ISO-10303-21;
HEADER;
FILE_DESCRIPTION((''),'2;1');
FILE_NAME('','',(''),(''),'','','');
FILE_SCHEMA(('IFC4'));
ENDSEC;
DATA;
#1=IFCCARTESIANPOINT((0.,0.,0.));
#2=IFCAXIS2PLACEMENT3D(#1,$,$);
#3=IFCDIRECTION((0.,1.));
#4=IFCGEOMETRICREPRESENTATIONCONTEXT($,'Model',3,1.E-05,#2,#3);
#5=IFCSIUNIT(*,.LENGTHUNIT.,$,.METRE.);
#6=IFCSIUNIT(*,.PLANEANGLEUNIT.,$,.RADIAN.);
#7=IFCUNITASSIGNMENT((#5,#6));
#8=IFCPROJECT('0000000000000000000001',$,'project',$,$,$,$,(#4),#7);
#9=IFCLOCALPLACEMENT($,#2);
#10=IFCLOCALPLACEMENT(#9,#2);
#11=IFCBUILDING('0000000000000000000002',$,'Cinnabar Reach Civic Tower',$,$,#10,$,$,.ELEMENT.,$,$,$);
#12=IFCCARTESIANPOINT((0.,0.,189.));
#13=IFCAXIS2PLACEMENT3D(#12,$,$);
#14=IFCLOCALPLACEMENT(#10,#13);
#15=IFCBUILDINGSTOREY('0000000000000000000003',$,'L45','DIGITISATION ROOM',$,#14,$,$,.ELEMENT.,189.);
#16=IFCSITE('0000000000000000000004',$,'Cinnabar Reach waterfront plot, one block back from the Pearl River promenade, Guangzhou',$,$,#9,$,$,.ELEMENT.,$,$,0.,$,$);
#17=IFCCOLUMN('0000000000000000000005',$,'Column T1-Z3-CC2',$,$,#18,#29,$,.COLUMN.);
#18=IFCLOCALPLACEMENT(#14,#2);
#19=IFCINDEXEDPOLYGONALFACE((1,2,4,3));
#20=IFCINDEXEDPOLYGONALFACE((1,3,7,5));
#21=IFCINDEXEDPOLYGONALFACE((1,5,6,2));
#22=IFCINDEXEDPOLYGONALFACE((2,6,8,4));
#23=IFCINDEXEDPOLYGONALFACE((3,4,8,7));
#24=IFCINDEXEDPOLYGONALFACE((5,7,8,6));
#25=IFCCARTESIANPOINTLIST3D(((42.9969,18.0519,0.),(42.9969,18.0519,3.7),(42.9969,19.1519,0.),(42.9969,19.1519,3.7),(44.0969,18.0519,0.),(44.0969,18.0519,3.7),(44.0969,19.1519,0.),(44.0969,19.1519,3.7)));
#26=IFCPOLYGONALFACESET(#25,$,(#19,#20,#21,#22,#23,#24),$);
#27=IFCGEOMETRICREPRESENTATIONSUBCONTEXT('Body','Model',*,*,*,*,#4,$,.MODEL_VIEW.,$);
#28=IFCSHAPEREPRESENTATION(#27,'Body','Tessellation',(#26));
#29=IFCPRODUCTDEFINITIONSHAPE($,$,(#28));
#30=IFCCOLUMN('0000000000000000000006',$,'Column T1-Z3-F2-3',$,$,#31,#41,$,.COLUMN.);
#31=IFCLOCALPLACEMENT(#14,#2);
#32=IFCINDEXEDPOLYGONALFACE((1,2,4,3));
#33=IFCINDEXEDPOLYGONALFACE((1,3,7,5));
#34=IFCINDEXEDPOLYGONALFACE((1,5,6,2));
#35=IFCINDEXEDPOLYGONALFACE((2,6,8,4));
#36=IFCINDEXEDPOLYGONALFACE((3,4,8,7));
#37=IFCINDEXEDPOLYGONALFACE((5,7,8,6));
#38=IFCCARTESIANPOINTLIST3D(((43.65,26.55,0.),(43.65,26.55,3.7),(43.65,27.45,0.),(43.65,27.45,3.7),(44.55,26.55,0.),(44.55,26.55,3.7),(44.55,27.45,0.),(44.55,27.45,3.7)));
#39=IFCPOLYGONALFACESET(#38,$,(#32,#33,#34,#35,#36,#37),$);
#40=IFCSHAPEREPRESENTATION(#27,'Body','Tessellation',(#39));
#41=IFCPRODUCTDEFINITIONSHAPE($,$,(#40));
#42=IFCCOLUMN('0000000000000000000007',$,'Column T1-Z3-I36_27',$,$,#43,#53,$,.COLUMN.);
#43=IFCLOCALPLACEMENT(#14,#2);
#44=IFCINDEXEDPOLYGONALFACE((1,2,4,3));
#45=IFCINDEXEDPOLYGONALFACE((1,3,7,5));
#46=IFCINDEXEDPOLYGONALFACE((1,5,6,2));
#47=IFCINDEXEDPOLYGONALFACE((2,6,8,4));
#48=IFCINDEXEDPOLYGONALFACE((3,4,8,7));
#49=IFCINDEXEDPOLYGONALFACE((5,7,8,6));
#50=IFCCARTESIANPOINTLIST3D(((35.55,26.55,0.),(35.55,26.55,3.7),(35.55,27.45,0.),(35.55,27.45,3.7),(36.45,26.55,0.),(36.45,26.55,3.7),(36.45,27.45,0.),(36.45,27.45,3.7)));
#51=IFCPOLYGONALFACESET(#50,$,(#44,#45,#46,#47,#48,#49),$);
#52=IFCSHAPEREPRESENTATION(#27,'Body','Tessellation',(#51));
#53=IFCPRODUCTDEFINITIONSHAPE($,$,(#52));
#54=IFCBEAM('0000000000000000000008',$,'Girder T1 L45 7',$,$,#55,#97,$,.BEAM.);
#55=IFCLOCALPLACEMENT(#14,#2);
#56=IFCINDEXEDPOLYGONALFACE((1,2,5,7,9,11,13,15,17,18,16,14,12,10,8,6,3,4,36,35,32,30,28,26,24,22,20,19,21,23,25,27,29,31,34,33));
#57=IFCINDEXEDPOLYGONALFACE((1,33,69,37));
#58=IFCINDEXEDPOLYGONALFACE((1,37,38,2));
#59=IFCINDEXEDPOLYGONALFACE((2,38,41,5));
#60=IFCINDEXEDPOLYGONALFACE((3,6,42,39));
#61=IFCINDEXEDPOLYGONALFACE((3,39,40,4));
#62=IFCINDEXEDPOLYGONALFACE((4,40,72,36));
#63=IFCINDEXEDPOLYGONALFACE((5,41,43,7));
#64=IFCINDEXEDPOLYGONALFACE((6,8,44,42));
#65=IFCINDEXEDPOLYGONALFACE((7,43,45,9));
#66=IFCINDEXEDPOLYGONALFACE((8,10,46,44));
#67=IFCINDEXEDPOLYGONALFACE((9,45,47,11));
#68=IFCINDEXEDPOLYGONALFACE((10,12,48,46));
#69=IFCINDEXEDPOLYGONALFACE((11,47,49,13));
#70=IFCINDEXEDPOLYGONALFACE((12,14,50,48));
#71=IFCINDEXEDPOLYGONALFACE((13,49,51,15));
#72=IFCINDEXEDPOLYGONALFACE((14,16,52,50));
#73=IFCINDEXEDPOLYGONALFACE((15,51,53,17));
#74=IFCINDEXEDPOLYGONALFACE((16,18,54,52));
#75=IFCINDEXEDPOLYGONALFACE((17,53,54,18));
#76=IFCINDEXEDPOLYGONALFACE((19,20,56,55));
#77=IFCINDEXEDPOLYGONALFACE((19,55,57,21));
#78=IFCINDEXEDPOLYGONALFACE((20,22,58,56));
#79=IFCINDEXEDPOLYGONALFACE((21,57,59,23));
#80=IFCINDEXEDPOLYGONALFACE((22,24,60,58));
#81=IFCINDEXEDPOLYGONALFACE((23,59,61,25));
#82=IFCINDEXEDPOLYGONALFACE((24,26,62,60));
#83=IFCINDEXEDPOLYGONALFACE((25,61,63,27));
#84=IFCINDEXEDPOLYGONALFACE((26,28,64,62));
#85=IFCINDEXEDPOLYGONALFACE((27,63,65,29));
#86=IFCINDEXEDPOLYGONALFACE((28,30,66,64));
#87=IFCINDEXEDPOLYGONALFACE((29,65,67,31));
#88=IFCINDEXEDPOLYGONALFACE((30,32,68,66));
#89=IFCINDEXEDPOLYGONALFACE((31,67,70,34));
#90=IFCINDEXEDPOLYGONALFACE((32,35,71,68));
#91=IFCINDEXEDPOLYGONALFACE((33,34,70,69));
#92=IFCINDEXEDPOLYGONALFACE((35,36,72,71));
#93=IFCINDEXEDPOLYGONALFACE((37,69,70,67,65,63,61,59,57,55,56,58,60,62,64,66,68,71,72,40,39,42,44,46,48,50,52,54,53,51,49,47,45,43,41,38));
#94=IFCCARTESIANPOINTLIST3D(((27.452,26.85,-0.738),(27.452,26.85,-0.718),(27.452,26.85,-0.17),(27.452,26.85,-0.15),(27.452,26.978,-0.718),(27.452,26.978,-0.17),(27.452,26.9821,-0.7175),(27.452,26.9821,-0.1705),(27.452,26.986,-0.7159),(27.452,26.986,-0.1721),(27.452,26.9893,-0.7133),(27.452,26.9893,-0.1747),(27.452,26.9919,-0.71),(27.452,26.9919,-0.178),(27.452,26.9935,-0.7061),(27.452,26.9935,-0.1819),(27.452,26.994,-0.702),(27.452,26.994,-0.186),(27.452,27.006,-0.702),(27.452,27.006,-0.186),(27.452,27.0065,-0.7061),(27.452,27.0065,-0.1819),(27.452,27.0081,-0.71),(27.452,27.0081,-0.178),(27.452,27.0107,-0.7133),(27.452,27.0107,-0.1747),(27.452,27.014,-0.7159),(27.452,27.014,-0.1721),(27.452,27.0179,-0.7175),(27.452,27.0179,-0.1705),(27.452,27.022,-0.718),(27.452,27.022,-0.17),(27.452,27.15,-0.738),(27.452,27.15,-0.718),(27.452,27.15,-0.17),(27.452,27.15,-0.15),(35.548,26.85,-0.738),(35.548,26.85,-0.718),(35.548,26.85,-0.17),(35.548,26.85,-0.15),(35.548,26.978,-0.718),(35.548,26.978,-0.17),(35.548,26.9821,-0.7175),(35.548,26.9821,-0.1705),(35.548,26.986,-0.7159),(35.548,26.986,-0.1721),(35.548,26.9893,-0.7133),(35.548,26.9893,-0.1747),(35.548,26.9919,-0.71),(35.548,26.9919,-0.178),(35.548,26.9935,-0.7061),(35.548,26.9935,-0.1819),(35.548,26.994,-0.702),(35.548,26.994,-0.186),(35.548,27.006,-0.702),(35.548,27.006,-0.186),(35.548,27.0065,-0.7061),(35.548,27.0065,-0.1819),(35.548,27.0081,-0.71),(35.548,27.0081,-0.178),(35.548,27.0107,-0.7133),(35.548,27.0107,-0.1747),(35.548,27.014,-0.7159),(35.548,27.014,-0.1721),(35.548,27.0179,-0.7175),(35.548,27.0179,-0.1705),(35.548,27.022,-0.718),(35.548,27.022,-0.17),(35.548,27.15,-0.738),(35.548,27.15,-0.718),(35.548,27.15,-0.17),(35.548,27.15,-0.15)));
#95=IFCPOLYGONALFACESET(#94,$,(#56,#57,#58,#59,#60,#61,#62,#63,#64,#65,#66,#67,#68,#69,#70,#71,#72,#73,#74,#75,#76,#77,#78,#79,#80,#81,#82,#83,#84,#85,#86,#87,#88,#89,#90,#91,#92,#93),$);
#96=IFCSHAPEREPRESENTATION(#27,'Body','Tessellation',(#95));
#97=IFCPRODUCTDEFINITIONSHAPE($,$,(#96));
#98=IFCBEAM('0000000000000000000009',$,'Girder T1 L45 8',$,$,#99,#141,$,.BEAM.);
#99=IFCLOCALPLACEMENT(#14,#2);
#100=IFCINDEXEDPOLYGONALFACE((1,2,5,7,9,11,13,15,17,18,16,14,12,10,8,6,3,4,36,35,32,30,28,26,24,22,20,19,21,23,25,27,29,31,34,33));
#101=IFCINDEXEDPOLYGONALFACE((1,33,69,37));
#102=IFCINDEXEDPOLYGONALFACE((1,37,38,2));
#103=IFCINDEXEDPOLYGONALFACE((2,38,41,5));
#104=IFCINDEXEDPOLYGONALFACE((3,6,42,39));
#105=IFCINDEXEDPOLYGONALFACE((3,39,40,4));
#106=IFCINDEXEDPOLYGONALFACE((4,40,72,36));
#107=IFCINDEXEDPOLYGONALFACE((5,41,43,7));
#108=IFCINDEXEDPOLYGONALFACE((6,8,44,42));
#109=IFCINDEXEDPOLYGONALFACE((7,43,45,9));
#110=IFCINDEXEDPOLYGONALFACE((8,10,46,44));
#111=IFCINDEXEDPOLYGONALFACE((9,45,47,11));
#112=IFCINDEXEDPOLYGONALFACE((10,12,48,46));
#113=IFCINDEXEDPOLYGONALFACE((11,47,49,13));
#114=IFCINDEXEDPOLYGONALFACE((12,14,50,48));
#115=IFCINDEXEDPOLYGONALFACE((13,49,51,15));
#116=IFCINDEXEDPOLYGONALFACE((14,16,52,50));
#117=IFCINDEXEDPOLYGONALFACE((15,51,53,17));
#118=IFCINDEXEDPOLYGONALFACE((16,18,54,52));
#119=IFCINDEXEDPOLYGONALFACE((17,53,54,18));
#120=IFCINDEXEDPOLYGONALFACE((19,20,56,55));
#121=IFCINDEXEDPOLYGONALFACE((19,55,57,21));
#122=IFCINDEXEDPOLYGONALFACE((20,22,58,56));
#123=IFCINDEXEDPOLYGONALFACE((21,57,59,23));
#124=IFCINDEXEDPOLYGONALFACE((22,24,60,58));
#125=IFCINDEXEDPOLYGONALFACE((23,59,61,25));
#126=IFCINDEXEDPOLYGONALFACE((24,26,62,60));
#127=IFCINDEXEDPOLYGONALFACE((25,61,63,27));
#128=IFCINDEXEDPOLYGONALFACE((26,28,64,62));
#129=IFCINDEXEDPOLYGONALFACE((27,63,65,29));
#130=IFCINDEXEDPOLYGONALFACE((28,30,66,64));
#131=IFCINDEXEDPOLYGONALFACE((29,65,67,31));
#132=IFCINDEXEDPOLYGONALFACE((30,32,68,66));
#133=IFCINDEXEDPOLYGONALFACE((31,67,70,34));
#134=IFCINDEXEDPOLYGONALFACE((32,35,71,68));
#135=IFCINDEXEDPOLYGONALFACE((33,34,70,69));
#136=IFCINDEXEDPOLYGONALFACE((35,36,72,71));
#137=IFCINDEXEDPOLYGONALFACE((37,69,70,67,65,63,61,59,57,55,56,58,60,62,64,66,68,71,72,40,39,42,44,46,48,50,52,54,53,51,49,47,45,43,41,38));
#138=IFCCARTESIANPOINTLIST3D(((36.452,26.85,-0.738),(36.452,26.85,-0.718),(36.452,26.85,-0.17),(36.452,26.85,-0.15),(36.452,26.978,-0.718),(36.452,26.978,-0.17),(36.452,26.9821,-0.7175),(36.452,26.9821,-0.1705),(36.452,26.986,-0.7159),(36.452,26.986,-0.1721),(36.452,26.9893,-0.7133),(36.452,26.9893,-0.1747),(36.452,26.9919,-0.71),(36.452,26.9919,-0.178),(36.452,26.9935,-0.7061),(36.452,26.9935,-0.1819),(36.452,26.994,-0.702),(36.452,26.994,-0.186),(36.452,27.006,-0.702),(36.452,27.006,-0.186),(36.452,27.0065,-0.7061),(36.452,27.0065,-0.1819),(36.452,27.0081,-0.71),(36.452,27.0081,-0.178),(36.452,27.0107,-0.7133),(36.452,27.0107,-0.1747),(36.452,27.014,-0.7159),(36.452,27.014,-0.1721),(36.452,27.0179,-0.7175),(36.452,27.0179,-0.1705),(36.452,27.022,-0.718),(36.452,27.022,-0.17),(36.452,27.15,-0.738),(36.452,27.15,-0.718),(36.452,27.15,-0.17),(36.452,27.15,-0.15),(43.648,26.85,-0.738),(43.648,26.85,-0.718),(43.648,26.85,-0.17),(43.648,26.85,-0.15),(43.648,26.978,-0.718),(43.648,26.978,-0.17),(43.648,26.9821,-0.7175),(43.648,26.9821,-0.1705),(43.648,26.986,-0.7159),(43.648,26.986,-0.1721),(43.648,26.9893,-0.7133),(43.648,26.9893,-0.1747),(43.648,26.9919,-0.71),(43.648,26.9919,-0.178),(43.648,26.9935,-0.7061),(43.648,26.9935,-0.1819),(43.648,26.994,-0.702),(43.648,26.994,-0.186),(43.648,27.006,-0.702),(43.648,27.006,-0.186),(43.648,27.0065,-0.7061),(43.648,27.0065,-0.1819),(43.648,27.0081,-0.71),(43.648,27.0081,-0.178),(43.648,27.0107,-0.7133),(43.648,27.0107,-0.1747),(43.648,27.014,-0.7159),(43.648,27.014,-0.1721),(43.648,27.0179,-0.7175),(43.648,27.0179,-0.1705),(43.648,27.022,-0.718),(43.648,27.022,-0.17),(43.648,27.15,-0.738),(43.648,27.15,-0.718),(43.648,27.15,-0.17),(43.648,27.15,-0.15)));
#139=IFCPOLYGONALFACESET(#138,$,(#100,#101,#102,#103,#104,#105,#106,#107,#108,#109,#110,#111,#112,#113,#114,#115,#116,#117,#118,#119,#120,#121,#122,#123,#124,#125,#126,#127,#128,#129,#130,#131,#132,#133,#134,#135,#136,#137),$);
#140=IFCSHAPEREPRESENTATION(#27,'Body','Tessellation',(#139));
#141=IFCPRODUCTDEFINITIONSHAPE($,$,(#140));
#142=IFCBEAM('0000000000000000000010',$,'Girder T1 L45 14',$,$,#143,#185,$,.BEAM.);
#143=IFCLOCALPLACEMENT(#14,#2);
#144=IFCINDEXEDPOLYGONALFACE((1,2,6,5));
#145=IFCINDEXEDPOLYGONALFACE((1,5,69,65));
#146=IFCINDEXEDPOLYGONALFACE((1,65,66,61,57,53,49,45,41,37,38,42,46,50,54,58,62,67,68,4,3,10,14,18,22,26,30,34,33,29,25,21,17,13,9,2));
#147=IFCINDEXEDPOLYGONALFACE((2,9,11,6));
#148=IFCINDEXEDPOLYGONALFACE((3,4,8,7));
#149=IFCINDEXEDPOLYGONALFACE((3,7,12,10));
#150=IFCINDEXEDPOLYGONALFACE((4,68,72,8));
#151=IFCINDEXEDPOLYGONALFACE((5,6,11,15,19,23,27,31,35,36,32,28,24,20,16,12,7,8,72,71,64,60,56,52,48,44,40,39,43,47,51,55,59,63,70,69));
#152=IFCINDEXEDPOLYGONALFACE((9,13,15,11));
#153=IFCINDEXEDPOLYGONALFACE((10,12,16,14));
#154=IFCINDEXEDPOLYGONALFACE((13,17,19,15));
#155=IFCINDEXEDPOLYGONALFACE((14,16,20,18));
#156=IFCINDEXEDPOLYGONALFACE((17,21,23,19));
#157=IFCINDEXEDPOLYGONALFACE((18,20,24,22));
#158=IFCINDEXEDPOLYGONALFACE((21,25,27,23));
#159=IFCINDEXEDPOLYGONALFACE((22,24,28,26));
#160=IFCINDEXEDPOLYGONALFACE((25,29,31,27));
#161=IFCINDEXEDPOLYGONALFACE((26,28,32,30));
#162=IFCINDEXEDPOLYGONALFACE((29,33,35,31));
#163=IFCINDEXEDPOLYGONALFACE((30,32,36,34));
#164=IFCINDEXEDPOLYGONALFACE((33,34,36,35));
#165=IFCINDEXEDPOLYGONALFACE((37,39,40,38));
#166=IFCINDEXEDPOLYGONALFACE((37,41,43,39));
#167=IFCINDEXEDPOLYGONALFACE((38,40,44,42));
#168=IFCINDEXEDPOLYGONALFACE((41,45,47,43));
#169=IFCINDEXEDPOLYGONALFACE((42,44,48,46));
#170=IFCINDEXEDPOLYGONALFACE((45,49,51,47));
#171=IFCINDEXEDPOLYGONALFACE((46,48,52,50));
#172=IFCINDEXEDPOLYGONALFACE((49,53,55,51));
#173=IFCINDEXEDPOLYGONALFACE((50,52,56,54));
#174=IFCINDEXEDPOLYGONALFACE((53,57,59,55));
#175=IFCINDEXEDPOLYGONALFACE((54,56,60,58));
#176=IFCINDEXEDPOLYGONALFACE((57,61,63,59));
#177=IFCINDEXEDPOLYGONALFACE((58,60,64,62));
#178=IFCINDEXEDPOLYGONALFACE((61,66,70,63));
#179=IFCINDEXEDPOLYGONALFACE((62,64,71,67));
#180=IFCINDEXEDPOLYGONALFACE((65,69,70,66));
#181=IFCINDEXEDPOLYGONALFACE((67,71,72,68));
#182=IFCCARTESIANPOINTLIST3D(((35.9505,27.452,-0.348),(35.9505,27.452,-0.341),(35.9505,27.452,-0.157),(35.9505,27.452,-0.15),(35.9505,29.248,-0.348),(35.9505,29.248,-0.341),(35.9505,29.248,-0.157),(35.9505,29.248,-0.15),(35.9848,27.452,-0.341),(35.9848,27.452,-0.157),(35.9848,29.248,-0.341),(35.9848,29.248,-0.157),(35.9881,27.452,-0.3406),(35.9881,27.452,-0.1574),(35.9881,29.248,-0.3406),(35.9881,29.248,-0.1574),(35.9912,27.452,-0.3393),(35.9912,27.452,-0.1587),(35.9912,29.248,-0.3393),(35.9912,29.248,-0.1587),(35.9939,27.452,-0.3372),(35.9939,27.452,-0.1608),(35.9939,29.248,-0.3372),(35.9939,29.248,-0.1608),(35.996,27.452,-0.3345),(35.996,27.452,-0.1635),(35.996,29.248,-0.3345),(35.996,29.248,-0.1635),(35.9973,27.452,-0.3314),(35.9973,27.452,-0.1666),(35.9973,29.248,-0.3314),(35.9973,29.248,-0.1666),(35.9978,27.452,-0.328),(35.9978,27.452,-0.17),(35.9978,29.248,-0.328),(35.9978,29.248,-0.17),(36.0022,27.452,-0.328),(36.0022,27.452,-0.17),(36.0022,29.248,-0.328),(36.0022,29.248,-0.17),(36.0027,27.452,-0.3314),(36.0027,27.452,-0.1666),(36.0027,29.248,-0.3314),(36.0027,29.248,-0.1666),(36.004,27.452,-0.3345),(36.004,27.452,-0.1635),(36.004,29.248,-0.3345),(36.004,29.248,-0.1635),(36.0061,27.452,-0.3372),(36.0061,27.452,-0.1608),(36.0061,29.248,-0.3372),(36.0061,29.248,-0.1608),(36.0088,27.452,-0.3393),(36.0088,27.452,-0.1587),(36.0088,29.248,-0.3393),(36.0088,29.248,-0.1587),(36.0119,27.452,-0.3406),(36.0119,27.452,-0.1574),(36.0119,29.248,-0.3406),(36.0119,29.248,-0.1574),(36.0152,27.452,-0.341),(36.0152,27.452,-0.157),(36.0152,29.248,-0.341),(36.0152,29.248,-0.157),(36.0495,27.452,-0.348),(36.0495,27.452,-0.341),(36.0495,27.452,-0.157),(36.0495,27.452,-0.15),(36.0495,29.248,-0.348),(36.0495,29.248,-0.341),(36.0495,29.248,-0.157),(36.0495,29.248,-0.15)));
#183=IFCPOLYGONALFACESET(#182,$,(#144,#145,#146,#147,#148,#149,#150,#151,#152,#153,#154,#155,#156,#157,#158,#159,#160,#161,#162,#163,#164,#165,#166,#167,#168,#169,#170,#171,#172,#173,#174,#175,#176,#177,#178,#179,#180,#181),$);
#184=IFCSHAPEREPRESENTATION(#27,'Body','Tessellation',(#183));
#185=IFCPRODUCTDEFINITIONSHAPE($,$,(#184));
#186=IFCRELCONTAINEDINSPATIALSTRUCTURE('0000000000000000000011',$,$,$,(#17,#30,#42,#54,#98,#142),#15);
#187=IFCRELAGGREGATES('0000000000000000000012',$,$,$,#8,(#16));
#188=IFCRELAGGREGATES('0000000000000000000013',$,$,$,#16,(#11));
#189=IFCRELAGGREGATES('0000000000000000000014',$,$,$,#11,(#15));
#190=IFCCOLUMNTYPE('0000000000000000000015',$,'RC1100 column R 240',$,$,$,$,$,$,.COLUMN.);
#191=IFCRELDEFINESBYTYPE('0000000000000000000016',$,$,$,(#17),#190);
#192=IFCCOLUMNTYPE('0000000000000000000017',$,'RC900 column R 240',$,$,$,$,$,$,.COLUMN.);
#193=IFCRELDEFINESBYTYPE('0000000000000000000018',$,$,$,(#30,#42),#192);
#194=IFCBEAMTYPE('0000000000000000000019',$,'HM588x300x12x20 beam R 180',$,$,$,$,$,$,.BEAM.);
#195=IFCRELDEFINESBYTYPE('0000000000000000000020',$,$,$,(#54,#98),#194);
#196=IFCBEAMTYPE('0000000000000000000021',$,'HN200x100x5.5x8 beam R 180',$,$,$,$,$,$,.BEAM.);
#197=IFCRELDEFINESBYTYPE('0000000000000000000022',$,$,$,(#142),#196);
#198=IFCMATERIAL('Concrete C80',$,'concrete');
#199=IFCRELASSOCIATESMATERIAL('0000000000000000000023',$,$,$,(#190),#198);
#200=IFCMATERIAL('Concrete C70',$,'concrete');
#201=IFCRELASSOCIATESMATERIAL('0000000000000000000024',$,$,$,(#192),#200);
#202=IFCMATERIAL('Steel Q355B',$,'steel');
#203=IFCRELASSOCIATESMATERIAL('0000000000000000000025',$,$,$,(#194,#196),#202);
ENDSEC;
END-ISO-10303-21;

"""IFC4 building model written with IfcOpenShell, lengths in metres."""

from ifc_helpers import new_model, si_unit, direction, frame, origin, origin_2d, place, context, subcontext, project, spatial, rectangle, i_section, extrude, material, material_profile, profile_set, type_object, element, save


model = new_model("IFC4")

# Units and contexts
model_context = context("Model", 3, precision=1e-05, world=origin(), true_north=direction((0.0, 1.0)))
body_context = subcontext(model_context, "Body", "Model", "MODEL_VIEW")
ifc_project = project(units=[si_unit("LENGTHUNIT", "METRE"), si_unit("PLANEANGLEUNIT", "RADIAN")], contexts=[model_context])

# Site, building, storey
site_placement = place(None, origin())
site = spatial("IfcSite", under=ifc_project, at=site_placement, Name="Cinnabar Reach waterfront plot, one block back from the Pearl River promenade, Guangzhou", CompositionType="ELEMENT", RefElevation=0.0)
building_placement = place(site_placement, origin())
building = spatial("IfcBuilding", under=site, at=building_placement, Name="Cinnabar Reach Civic Tower", CompositionType="ELEMENT")
storey_placement = place(building_placement, frame((0.0, 0.0, 189.0)))
storey = spatial("IfcBuildingStorey", under=building, at=storey_placement, Name="L45", Description="DIGITISATION ROOM", CompositionType="ELEMENT", Elevation=189.0)

# Columns
ifc_material_1 = material(Name="Concrete C80", Category="concrete")
ifc_material_profile_1 = material_profile(ifc_material_1, rectangle(XDim=1.1, YDim=1.1, at=origin_2d()), Name="RC1100")
ifc_profile_set_1 = profile_set([ifc_material_profile_1], Name="Concrete C80")
column_type_1 = type_object("IfcColumnType", Name="RC1100 column R 240", PredefinedType="COLUMN", material=ifc_profile_set_1)
column_placement = place(storey_placement, frame((43.5469, 18.6019, 0.0), z_axis=(0.0, 0.0, 1.0), x_axis=(1.0, 0.0, 0.0)))
element("IfcColumn", 1, at=column_placement, inside=storey, type_object=column_type_1, Name="Column T1-Z3-CC2", PredefinedType="COLUMN", context=body_context, shape_type="SweptSolid", body=[
    extrude(rectangle(XDim=1.1, YDim=1.1, at=origin_2d()), origin(), (0.0, 0.0, 1.0), 3.7),
])
ifc_material_2 = material(Name="Concrete C70", Category="concrete")
ifc_material_profile_2 = material_profile(ifc_material_2, rectangle(XDim=0.9, YDim=0.9, at=origin_2d()), Name="RC900")
ifc_profile_set_2 = profile_set([ifc_material_profile_2], Name="Concrete C70")
column_type_2 = type_object("IfcColumnType", Name="RC900 column R 240", PredefinedType="COLUMN", material=ifc_profile_set_2)
for number, where, z_axis, x_axis, name in (
    (2, (44.1, 27.0, 0.0), (0.0, 0.0, 1.0), (1.0, 0.0, 0.0), "Column T1-Z3-F2-3"),
    (3, (36.0, 27.0, 0.0), (0.0, 0.0, 1.0), (1.0, 0.0, 0.0), "Column T1-Z3-I36_27"),
):
    element("IfcColumn", number, at=place(storey_placement, frame(where, z_axis=z_axis, x_axis=x_axis)), inside=storey, type_object=column_type_2, Name=name, PredefinedType="COLUMN", context=body_context, shape_type="SweptSolid", body=[
        extrude(rectangle(XDim=0.9, YDim=0.9, at=origin_2d()), origin(), (0.0, 0.0, 1.0), 3.7),
    ])

# Beams
ifc_material_3 = material(Name="Steel Q355B", Category="steel")
ifc_material_profile_3 = material_profile(ifc_material_3, i_section(OverallWidth=0.3, OverallDepth=0.588, WebThickness=0.012, FlangeThickness=0.02, FilletRadius=0.016, at=origin_2d()), Name="HM588x300x12x20")
ifc_profile_set_3 = profile_set([ifc_material_profile_3], Name="Steel Q355B")
beam_type_1 = type_object("IfcBeamType", Name="HM588x300x12x20 beam R 180", PredefinedType="BEAM", material=ifc_profile_set_3)
beam_1_placement = place(storey_placement, frame((27.452, 27.0, -0.444), z_axis=(1.0, 0.0, 0.0), x_axis=(0.0, 1.0, 0.0)))
element("IfcBeam", 4, at=beam_1_placement, inside=storey, type_object=beam_type_1, Name="Girder T1 L45 7", PredefinedType="BEAM", context=body_context, shape_type="SweptSolid", body=[
    extrude(i_section(OverallWidth=0.3, OverallDepth=0.588, WebThickness=0.012, FlangeThickness=0.02, FilletRadius=0.016, at=origin_2d()), origin(), (0.0, 0.0, 1.0), 8.096),
])
beam_2_placement = place(storey_placement, frame((36.452, 27.0, -0.444), z_axis=(1.0, 0.0, 0.0), x_axis=(0.0, 1.0, 0.0)))
element("IfcBeam", 5, at=beam_2_placement, inside=storey, type_object=beam_type_1, Name="Girder T1 L45 8", PredefinedType="BEAM", context=body_context, shape_type="SweptSolid", body=[
    extrude(i_section(OverallWidth=0.3, OverallDepth=0.588, WebThickness=0.012, FlangeThickness=0.02, FilletRadius=0.016, at=origin_2d()), origin(), (0.0, 0.0, 1.0), 7.196),
])
ifc_material_profile_4 = material_profile(ifc_material_3, i_section(OverallWidth=0.099, OverallDepth=0.198, WebThickness=0.0045, FlangeThickness=0.007, FilletRadius=0.013, at=origin_2d()), Name="HN200x100x5.5x8")
ifc_profile_set_4 = profile_set([ifc_material_profile_4], Name="Steel Q355B")
beam_type_2 = type_object("IfcBeamType", Name="HN200x100x5.5x8 beam R 180", PredefinedType="BEAM", material=ifc_profile_set_4)
beam_3_placement = place(storey_placement, frame((36.0, 27.452, -0.249), z_axis=(0.0, 1.0, 0.0), x_axis=(-1.0, 0.0, 0.0)))
element("IfcBeam", 6, at=beam_3_placement, inside=storey, type_object=beam_type_2, Name="Girder T1 L45 14", PredefinedType="BEAM", context=body_context, shape_type="SweptSolid", body=[
    extrude(i_section(OverallWidth=0.099, OverallDepth=0.198, WebThickness=0.0045, FlangeThickness=0.007, FilletRadius=0.013, at=origin_2d()), origin(), (0.0, 0.0, 1.0), 1.796),
])

save(model, "model.ifc")
